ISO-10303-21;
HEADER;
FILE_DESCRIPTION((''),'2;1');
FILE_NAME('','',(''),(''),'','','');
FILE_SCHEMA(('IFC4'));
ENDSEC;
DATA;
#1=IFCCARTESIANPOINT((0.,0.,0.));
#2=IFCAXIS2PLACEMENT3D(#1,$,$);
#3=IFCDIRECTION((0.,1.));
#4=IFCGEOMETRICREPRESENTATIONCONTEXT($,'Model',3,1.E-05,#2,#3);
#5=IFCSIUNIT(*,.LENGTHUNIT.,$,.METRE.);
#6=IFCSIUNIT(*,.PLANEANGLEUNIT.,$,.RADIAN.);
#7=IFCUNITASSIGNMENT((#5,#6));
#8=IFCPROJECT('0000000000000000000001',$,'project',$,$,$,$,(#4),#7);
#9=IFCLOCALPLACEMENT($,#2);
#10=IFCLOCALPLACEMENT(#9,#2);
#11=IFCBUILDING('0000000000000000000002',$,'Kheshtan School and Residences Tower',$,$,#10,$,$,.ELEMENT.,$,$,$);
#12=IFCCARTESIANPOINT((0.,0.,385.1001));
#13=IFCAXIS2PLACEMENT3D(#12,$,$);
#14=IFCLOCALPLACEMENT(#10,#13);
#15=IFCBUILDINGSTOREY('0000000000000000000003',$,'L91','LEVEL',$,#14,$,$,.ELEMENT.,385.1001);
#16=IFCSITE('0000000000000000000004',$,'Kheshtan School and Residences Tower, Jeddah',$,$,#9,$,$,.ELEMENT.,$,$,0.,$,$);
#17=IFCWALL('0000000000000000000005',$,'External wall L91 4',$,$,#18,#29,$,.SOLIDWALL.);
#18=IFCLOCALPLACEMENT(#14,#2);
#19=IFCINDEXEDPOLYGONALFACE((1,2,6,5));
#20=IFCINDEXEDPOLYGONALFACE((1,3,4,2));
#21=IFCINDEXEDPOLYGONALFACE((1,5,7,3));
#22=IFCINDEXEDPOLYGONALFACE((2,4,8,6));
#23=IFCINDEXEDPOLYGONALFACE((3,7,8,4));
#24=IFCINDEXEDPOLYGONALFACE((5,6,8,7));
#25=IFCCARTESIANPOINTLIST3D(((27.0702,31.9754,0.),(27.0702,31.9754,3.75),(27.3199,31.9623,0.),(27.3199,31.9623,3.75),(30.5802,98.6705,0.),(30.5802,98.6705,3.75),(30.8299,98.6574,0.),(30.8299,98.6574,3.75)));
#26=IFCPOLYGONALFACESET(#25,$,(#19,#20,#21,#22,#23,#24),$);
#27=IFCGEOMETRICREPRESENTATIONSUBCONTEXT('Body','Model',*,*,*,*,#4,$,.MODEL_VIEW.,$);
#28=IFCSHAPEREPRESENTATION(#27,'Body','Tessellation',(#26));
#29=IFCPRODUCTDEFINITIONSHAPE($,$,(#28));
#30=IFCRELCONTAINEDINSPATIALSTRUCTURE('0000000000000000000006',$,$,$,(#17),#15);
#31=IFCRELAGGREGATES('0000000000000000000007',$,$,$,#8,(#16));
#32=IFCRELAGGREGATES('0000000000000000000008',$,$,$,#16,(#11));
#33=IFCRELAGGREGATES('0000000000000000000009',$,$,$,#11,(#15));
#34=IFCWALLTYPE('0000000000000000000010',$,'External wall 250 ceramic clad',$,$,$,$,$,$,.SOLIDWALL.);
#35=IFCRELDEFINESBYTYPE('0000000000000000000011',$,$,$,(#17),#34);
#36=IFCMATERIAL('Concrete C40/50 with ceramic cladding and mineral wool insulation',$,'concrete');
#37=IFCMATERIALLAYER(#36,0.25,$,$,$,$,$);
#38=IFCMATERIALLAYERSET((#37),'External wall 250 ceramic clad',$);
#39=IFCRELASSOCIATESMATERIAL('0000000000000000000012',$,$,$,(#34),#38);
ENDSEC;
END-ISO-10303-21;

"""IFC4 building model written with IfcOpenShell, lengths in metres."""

from ifc_helpers import new_model, si_unit, direction, frame, frame_2d, origin, place, context, subcontext, project, spatial, rectangle, extrude, material, layer, layer_set, type_object, element, save


model = new_model("IFC4")

# Units and contexts
model_context = context("Model", 3, precision=1e-05, world=origin(), true_north=direction((0.0, 1.0)))
body_context = subcontext(model_context, "Body", "Model", "MODEL_VIEW")
ifc_project = project(units=[si_unit("LENGTHUNIT", "METRE"), si_unit("PLANEANGLEUNIT", "RADIAN")], contexts=[model_context])

# Site, building, storey
site_placement = place(None, origin())
site = spatial("IfcSite", under=ifc_project, at=site_placement, Name="Kheshtan School and Residences Tower, Jeddah", CompositionType="ELEMENT", RefElevation=0.0)
building_placement = place(site_placement, origin())
building = spatial("IfcBuilding", under=site, at=building_placement, Name="Kheshtan School and Residences Tower", CompositionType="ELEMENT")
storey_placement = place(building_placement, frame((0.0, 0.0, 385.1001)))
storey = spatial("IfcBuildingStorey", under=building, at=storey_placement, Name="L91", Description="LEVEL", CompositionType="ELEMENT", Elevation=385.1001)

# Wall
ifc_material_1 = material(Name="Concrete C40/50 with ceramic cladding and mineral wool insulation", Category="concrete")
ifc_layer_1 = layer(ifc_material_1, 0.25)
ifc_layer_set_1 = layer_set([ifc_layer_1], Name="External wall 250 ceramic clad")
wall_type_1 = type_object("IfcWallType", Name="External wall 250 ceramic clad", PredefinedType="SOLIDWALL", material=ifc_layer_set_1)
wall_1_placement = place(storey_placement, frame((27.1951, 31.969, 0.0), z_axis=(0.0, 0.0, 1.0), x_axis=(0.052555, 0.998618, 0.0)))
element("IfcWall", 1, at=wall_1_placement, inside=storey, type_object=wall_type_1, Name="External wall L91 4", PredefinedType="SOLIDWALL", context=body_context, shape_type="SweptSolid", body=[
    extrude(rectangle(XDim=66.7874, YDim=0.25, at=frame_2d((33.3936, 0.0))), origin(), (0.0, 0.0, 1.0), 3.75),
])

save(model, "model.ifc")
